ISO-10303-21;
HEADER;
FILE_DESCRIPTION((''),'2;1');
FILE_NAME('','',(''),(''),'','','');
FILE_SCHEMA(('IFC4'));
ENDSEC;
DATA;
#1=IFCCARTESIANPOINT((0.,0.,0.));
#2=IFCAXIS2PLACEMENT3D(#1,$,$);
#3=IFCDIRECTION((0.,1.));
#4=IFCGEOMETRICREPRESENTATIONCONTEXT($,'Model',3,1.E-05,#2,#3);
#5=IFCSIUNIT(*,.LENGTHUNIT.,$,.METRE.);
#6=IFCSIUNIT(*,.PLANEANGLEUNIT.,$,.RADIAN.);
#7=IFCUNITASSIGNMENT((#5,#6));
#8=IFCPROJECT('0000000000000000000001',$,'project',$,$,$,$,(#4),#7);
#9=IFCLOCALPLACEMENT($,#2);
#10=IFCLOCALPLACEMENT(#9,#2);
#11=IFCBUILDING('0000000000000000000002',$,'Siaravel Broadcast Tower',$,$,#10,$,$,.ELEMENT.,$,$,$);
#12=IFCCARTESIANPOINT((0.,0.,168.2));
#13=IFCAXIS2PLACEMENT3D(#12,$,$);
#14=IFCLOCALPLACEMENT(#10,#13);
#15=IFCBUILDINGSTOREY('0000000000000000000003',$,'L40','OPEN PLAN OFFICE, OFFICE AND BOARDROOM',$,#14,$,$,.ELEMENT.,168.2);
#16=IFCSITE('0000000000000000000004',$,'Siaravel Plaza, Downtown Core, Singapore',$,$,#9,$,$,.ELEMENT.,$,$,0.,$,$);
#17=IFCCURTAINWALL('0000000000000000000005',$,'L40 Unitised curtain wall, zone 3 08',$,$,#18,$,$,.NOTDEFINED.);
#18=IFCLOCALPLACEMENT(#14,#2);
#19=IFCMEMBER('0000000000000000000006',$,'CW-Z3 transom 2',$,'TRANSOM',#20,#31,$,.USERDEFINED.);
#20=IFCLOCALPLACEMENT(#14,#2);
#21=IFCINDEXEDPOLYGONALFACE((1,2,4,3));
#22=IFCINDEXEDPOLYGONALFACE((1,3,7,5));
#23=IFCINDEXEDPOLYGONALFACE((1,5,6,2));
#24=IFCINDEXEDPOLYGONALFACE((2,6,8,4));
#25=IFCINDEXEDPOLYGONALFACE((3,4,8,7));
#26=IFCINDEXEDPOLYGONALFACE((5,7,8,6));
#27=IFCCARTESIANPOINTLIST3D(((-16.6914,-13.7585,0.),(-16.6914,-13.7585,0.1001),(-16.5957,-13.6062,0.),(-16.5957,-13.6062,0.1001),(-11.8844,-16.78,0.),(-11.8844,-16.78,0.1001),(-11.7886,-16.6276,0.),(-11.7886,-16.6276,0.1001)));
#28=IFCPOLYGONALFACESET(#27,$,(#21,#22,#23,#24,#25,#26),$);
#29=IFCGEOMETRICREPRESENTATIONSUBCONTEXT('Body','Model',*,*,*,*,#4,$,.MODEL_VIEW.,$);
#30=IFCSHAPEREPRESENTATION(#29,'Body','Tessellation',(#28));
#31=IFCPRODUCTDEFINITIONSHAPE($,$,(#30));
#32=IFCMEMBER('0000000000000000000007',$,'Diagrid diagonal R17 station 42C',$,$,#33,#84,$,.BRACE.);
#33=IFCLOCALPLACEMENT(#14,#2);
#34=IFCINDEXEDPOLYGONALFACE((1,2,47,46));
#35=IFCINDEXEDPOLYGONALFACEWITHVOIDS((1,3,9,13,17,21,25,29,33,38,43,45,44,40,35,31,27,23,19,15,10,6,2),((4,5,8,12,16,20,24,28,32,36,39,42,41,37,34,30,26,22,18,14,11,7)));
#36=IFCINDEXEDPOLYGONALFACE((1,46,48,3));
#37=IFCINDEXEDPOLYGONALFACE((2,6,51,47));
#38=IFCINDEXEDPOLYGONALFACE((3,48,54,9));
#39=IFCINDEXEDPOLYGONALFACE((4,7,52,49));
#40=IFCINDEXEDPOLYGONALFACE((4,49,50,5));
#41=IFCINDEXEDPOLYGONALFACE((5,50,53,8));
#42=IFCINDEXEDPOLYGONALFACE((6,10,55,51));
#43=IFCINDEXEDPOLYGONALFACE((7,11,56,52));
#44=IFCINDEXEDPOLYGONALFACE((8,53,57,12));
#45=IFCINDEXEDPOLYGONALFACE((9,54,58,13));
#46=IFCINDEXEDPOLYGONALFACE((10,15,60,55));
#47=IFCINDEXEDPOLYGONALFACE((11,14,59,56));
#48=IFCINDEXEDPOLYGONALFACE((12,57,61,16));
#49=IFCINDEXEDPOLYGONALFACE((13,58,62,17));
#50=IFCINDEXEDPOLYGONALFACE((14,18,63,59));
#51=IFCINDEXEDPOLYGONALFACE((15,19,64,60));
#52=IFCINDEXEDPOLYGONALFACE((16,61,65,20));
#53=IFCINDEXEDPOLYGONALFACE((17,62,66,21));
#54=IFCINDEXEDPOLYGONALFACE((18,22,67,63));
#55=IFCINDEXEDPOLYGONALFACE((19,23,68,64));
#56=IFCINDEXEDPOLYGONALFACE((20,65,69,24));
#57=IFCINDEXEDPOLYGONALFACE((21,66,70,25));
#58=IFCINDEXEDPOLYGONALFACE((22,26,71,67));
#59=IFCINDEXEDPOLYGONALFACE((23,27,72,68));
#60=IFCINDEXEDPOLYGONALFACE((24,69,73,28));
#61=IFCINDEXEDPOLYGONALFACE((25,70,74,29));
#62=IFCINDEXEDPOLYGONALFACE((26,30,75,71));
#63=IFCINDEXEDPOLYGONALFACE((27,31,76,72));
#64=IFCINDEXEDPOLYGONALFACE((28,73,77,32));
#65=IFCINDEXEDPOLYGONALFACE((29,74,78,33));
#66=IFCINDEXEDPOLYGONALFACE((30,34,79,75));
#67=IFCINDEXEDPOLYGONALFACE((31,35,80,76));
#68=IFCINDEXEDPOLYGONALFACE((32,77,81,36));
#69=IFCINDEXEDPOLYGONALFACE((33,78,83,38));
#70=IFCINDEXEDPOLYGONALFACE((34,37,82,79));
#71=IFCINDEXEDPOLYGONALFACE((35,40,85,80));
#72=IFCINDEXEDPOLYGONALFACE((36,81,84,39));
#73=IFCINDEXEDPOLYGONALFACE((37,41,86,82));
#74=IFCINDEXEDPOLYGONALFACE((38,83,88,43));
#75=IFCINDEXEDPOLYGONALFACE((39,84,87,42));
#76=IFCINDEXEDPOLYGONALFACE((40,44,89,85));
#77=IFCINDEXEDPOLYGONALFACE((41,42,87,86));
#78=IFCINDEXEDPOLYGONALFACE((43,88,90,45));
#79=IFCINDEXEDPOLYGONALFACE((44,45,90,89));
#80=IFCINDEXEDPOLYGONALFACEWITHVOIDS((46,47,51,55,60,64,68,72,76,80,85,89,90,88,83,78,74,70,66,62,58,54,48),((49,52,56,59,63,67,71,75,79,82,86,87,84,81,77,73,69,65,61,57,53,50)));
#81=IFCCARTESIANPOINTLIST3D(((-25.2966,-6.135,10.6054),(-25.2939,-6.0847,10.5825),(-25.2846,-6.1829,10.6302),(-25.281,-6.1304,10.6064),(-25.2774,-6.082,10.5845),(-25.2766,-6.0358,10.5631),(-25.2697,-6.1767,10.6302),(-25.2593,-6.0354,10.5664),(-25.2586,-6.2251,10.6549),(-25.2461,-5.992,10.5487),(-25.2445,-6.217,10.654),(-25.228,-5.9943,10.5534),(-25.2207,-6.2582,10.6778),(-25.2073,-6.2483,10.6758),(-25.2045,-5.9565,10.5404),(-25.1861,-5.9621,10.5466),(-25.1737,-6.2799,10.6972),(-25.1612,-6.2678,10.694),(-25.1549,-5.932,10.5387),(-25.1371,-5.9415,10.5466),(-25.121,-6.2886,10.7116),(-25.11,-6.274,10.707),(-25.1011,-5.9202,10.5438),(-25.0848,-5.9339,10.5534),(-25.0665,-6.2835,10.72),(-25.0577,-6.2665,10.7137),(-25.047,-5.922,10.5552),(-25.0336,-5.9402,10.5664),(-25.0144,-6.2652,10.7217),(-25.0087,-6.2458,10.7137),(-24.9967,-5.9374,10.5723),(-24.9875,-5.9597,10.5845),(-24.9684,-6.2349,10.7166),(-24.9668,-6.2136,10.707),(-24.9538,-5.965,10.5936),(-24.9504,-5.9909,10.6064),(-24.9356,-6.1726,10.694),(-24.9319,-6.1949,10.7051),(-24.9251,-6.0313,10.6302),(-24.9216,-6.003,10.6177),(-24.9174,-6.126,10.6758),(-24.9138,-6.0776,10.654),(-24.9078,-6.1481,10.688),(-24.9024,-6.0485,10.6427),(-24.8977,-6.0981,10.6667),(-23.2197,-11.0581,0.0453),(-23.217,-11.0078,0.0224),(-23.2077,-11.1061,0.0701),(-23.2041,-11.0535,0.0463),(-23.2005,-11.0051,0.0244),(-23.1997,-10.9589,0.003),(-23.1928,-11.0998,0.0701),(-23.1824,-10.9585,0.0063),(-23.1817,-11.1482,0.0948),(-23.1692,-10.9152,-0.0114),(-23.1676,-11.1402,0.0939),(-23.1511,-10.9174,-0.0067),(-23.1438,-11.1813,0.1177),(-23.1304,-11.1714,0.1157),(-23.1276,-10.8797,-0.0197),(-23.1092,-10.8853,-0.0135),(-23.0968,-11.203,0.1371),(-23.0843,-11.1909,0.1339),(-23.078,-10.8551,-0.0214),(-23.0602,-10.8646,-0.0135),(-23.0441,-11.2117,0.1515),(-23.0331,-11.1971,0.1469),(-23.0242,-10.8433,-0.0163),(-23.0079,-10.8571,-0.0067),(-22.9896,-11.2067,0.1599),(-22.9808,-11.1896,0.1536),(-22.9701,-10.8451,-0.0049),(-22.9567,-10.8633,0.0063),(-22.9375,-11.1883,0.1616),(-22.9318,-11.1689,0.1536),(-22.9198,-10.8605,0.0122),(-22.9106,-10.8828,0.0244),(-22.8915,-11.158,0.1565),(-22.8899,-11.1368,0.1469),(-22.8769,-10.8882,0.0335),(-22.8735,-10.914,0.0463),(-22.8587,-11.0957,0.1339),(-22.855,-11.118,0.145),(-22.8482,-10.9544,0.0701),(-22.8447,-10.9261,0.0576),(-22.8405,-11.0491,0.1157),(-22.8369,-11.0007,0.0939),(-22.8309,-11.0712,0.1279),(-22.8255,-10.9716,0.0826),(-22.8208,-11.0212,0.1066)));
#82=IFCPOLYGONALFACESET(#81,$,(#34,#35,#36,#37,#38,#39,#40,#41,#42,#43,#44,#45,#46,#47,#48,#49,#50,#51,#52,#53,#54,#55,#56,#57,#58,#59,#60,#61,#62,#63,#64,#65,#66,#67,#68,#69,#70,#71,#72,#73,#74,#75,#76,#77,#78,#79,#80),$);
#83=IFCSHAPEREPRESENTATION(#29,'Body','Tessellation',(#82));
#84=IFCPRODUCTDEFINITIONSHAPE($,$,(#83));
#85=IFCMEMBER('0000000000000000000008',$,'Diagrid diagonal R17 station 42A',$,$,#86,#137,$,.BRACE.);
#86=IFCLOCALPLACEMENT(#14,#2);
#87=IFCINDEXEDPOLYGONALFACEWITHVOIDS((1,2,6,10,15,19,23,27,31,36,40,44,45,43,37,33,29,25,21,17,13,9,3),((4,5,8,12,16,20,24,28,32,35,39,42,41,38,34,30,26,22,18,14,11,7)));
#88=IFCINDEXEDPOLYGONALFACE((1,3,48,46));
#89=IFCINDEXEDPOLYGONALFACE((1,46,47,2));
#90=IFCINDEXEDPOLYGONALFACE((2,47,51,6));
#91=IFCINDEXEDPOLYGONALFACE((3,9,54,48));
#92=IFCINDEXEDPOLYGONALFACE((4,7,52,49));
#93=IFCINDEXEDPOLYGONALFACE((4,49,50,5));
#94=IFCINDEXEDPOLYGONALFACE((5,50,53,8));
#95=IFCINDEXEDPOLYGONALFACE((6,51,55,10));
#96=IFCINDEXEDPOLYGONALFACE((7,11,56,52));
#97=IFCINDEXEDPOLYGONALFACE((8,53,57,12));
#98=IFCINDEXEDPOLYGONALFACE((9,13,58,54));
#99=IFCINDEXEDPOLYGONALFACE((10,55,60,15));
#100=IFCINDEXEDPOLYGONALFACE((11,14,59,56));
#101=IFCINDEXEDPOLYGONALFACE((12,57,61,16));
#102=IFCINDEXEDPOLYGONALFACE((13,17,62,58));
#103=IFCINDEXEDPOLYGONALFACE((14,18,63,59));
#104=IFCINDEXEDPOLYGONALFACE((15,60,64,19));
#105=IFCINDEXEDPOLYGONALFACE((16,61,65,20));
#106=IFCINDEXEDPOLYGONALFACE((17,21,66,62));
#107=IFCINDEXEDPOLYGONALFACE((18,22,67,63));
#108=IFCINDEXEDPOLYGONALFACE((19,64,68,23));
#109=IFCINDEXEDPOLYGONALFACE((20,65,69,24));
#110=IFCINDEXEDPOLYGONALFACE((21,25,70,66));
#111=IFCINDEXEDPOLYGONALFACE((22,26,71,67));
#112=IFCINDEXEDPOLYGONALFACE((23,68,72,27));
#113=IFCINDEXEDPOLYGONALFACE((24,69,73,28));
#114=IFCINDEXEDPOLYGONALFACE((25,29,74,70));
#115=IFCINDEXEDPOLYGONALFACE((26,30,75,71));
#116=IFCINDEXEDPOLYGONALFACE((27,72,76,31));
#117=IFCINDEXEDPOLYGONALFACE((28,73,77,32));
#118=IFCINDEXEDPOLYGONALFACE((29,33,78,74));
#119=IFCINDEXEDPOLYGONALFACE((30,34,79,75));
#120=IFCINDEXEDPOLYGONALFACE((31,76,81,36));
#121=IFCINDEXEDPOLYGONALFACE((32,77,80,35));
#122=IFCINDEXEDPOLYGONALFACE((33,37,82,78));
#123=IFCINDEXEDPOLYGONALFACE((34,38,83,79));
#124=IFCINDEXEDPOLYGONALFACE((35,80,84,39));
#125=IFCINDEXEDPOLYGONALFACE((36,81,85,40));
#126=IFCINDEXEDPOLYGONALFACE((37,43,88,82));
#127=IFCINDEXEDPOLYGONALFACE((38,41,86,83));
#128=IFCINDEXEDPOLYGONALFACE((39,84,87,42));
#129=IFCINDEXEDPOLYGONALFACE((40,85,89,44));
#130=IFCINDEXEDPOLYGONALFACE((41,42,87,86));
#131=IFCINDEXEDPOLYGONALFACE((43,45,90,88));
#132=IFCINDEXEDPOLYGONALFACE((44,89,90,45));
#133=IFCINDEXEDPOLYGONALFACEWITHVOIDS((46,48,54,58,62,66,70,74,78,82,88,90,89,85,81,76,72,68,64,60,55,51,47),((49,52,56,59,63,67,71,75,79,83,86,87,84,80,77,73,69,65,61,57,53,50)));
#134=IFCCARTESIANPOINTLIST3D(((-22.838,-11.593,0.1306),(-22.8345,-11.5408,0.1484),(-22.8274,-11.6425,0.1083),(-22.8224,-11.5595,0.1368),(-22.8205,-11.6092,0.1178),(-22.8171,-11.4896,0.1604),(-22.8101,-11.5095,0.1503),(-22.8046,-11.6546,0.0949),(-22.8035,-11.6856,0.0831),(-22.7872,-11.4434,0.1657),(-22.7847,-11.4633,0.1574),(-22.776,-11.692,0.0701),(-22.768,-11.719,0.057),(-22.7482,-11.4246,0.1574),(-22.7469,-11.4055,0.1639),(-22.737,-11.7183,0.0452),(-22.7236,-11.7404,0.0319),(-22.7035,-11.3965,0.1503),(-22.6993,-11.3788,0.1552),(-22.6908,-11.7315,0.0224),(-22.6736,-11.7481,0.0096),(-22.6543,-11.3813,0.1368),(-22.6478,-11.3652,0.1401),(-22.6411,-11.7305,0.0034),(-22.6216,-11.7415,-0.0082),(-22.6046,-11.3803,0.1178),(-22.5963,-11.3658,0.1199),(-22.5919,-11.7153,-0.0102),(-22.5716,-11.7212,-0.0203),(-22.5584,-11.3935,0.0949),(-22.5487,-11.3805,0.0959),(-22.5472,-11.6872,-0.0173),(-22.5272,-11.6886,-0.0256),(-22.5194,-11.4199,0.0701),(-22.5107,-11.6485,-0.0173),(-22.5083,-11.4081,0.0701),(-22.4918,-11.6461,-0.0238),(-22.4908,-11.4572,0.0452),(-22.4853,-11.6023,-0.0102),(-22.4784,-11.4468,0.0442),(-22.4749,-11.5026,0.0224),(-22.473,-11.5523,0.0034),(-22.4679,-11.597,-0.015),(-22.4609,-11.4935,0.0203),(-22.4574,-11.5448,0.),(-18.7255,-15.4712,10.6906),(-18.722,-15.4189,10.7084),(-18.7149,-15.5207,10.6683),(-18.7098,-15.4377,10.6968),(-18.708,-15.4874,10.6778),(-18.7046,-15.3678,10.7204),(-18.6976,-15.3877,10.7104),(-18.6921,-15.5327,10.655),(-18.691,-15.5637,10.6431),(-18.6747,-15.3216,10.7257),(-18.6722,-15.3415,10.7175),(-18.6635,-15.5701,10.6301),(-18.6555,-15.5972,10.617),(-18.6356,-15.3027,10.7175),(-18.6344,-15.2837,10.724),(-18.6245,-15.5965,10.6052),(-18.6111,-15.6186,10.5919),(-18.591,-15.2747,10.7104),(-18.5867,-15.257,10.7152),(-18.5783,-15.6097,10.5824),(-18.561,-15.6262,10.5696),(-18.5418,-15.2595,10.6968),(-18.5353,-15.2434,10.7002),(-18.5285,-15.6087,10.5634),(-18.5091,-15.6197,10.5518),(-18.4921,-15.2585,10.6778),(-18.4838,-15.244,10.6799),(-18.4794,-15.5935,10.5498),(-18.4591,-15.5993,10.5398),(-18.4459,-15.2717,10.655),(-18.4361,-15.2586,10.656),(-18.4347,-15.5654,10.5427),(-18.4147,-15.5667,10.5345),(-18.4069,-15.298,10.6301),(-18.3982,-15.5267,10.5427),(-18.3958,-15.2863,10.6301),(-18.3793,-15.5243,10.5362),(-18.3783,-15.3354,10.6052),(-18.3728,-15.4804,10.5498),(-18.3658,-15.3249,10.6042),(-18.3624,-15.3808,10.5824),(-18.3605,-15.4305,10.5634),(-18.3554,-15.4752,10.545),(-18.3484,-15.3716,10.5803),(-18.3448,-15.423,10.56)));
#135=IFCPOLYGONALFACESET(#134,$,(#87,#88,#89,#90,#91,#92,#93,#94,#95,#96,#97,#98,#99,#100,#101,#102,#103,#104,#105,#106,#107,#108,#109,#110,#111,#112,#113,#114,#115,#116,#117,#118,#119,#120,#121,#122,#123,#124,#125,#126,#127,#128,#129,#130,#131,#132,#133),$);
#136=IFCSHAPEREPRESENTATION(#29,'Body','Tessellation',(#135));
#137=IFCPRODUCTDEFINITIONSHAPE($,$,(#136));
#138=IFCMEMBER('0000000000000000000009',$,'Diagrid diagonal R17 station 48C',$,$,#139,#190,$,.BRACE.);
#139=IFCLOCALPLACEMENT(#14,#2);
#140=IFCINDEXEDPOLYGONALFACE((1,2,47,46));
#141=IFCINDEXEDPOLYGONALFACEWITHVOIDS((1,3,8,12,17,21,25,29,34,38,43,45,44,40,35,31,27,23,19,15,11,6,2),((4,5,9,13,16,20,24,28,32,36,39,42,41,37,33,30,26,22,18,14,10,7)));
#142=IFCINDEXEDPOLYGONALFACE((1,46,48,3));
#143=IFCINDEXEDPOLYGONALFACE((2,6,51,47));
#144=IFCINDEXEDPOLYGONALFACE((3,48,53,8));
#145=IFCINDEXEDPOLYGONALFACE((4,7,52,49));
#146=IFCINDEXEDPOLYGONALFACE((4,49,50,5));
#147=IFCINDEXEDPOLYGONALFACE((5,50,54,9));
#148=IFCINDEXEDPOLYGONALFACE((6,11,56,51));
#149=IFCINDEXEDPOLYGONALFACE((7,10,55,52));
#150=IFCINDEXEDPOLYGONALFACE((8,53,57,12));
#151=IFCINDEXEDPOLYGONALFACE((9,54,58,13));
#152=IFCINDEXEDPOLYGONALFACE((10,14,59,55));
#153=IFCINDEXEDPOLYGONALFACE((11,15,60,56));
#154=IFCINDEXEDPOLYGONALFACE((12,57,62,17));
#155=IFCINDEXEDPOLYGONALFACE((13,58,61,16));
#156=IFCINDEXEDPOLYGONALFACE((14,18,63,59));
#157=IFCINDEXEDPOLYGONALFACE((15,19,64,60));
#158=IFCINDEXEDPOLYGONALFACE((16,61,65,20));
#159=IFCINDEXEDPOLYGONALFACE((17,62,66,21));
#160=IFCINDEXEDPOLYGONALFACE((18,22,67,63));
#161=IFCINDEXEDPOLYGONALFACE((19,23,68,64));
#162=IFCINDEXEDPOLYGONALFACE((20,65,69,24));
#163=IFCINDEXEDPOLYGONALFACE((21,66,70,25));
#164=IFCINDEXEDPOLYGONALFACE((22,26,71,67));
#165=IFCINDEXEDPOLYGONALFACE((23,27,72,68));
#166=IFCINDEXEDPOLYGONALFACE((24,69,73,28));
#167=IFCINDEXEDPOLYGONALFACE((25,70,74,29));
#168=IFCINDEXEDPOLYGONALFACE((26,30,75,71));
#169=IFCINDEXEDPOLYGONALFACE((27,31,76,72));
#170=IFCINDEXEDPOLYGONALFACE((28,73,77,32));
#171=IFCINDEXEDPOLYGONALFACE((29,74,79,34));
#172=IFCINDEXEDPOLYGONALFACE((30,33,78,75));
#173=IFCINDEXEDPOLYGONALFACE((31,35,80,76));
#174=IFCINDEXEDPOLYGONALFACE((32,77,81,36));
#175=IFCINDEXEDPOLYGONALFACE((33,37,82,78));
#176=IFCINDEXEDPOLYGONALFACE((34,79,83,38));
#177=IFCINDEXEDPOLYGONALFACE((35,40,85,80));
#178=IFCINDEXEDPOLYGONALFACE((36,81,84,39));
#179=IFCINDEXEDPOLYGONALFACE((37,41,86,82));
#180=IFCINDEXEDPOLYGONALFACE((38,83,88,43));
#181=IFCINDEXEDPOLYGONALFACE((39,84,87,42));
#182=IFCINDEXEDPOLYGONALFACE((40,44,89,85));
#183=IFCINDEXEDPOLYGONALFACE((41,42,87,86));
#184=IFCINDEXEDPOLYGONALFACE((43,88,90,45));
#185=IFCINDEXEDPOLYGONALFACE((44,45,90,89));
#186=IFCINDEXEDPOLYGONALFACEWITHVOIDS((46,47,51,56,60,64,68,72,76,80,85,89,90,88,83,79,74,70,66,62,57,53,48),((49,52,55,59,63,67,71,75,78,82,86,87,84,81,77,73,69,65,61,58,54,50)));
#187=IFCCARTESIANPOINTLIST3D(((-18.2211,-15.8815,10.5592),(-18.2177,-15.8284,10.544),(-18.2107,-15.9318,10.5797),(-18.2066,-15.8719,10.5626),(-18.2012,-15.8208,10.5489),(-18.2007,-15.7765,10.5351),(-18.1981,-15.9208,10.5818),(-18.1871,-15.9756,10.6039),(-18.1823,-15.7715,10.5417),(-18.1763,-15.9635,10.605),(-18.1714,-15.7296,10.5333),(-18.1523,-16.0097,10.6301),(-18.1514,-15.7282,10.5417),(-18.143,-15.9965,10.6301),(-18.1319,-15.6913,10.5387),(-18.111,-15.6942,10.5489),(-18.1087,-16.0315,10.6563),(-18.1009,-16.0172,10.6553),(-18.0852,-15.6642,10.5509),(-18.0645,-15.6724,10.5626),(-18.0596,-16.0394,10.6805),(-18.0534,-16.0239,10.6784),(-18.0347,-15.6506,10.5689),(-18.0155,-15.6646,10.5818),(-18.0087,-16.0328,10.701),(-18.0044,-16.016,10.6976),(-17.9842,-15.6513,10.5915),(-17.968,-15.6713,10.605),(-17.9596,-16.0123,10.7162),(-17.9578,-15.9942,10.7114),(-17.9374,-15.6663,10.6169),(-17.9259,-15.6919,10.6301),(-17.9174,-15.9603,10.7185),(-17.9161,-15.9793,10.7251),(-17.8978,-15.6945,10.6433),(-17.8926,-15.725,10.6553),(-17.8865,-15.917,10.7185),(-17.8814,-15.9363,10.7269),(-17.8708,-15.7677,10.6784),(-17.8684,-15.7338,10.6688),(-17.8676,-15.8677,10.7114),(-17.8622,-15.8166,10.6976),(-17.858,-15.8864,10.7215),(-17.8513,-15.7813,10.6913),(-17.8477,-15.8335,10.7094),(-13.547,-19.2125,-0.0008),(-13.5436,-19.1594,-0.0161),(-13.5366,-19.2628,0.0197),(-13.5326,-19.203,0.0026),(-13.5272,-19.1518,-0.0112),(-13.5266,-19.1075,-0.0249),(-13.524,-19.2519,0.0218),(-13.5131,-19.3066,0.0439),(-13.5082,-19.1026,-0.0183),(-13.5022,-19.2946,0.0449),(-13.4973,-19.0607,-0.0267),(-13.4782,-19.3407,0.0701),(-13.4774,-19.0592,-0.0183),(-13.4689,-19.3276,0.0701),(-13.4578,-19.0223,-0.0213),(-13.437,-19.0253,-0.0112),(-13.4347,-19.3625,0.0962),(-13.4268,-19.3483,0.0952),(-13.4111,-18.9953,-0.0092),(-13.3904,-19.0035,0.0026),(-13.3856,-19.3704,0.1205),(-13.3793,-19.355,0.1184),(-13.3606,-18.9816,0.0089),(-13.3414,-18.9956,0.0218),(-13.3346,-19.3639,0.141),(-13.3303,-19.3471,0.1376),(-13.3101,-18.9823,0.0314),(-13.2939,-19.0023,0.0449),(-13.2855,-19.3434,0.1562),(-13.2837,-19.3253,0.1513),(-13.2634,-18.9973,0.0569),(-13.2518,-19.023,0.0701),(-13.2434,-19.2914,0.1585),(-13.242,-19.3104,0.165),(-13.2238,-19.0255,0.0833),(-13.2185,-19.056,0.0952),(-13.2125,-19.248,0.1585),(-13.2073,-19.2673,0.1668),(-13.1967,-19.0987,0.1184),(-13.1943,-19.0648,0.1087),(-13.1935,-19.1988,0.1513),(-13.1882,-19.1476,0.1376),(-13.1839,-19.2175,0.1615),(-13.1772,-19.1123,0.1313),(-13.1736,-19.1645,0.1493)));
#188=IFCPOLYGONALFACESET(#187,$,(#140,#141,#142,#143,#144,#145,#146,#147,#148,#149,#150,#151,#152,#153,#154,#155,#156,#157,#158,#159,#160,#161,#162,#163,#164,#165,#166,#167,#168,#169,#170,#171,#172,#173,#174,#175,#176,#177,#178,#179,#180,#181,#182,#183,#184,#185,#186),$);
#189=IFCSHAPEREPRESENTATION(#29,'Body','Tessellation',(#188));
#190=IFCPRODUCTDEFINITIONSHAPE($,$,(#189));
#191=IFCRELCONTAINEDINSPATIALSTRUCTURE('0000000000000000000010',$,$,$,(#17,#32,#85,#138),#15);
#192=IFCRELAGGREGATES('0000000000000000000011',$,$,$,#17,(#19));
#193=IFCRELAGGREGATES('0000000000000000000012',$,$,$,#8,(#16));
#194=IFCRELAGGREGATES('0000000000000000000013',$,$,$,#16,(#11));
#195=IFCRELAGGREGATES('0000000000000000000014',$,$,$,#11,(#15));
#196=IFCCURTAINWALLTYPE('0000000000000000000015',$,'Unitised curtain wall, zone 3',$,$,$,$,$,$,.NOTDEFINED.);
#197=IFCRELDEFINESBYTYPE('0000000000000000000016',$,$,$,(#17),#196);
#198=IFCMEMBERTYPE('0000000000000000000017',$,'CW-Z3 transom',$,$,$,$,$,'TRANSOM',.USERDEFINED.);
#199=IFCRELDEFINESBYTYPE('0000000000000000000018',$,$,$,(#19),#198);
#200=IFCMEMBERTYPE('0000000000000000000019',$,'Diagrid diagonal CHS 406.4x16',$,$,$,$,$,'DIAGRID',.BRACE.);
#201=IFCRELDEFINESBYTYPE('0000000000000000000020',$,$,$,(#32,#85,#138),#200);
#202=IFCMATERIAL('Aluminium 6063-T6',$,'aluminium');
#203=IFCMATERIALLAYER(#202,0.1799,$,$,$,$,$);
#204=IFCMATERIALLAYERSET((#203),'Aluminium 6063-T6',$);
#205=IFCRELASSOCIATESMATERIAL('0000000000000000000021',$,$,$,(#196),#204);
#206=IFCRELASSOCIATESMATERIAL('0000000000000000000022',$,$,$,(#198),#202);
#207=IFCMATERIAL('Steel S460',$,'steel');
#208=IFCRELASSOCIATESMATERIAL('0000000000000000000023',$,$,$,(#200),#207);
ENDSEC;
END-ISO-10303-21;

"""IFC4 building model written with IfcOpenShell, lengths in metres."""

from ifc_helpers import new_model, si_unit, direction, frame, origin, origin_2d, place, context, subcontext, project, spatial, rectangle, hollow_circle, extrude, material, layer, layer_set, material_profile, profile_set, type_object, element, aggregate, save


model = new_model("IFC4")

# Units and contexts
model_context = context("Model", 3, precision=1e-05, world=origin(), true_north=direction((0.0, 1.0)))
body_context = subcontext(model_context, "Body", "Model", "MODEL_VIEW")
ifc_project = project(units=[si_unit("LENGTHUNIT", "METRE"), si_unit("PLANEANGLEUNIT", "RADIAN")], contexts=[model_context])

# Site, building, storey
site_placement = place(None, origin())
site = spatial("IfcSite", under=ifc_project, at=site_placement, Name="Siaravel Plaza, Downtown Core, Singapore", CompositionType="ELEMENT", RefElevation=0.0)
building_placement = place(site_placement, origin())
building = spatial("IfcBuilding", under=site, at=building_placement, Name="Siaravel Broadcast Tower", CompositionType="ELEMENT")
storey_placement = place(building_placement, frame((0.0, 0.0, 168.2)))
storey = spatial("IfcBuildingStorey", under=building, at=storey_placement, Name="L40", Description="OPEN PLAN OFFICE, OFFICE AND BOARDROOM", CompositionType="ELEMENT", Elevation=168.2)

# Shared definitions
ifc_material_1 = material(Name="Aluminium 6063-T6", Category="aluminium")
ifc_layer_1 = layer(ifc_material_1, 0.1799)
ifc_layer_set_1 = layer_set([ifc_layer_1], Name="Aluminium 6063-T6")
curtain_wall_type = type_object("IfcCurtainWallType", Name="Unitised curtain wall, zone 3", PredefinedType="NOTDEFINED", material=ifc_layer_set_1)

# Curtain wall, member
curtain_wall_1_placement = place(storey_placement, origin())
curtain_wall_1 = element("IfcCurtainWall", 1, at=curtain_wall_1_placement, inside=storey, type_object=curtain_wall_type, Name="L40 Unitised curtain wall, zone 3 08", PredefinedType="NOTDEFINED")
ifc_material_profile_1 = material_profile(ifc_material_1, rectangle(XDim=0.1799, YDim=0.1001, at=origin_2d()))
ifc_profile_set_1 = profile_set([ifc_material_profile_1], Name="Aluminium 6063-T6")
member_type_1 = type_object("IfcMemberType", Name="CW-Z3 transom", ElementType="TRANSOM", PredefinedType="USERDEFINED", material=ifc_profile_set_1)
member_1_placement = place(storey_placement, frame((-16.6436, -13.6824, 0.05), z_axis=(0.846648, -0.532154, 0.0), x_axis=(0.532154, 0.846648, 0.0)))
member_1 = element("IfcMember", 2, at=member_1_placement, type_object=member_type_1, Name="CW-Z3 transom 2", ObjectType="TRANSOM", PredefinedType="USERDEFINED", context=body_context, shape_type="SweptSolid", body=[
    extrude(rectangle(XDim=0.1799, YDim=0.1001, at=origin_2d()), origin(), (0.0, 0.0, 1.0), 5.6777),
])

# Members
ifc_material_2 = material(Name="Steel S460", Category="steel")
ifc_material_profile_2 = material_profile(ifc_material_2, hollow_circle(Radius=0.2031, WallThickness=0.0161, at=origin_2d()))
ifc_profile_set_2 = profile_set([ifc_material_profile_2], Name="Steel S460")
member_type_2 = type_object("IfcMemberType", Name="Diagrid diagonal CHS 406.4x16", ElementType="DIAGRID", PredefinedType="BRACE", material=ifc_profile_set_2)
member_2_placement = place(storey_placement, frame((-23.0205, -11.0271, 0.0701), z_axis=(-0.17549, 0.415981, 0.89228), x_axis=(-0.921366, -0.388696, 0.0)))
element("IfcMember", 3, at=member_2_placement, inside=storey, type_object=member_type_2, Name="Diagrid diagonal R17 station 42C", PredefinedType="BRACE", context=body_context, shape_type="SweptSolid", body=[
    extrude(hollow_circle(Radius=0.2031, WallThickness=0.0161, at=origin_2d()), origin(), (0.0, 0.0, 1.0), 11.835),
])
member_3_placement = place(storey_placement, frame((-22.6477, -11.5559, 0.0701), z_axis=(0.343347, -0.32378, 0.881635), x_axis=(0.686072, 0.727534, 0.0)))
element("IfcMember", 4, at=member_3_placement, inside=storey, type_object=member_type_2, Name="Diagrid diagonal R17 station 42A", PredefinedType="BRACE", context=body_context, shape_type="SweptSolid", body=[
    extrude(hollow_circle(Radius=0.2031, WallThickness=0.0161, at=origin_2d()), origin(), (0.0, 0.0, 1.0), 11.9778),
])
member_4_placement = place(storey_placement, frame((-13.3604, -19.1753, 0.0701), z_axis=(-0.388888, 0.277148, 0.87861), x_axis=(-0.580365, -0.814357, 0.0)))
element("IfcMember", 5, at=member_4_placement, inside=storey, type_object=member_type_2, Name="Diagrid diagonal R17 station 48C", PredefinedType="BRACE", context=body_context, shape_type="SweptSolid", body=[
    extrude(hollow_circle(Radius=0.2031, WallThickness=0.0161, at=origin_2d()), origin(), (0.0, 0.0, 1.0), 12.019),
])

aggregate(curtain_wall_1, [member_1])

save(model, "model.ifc")
